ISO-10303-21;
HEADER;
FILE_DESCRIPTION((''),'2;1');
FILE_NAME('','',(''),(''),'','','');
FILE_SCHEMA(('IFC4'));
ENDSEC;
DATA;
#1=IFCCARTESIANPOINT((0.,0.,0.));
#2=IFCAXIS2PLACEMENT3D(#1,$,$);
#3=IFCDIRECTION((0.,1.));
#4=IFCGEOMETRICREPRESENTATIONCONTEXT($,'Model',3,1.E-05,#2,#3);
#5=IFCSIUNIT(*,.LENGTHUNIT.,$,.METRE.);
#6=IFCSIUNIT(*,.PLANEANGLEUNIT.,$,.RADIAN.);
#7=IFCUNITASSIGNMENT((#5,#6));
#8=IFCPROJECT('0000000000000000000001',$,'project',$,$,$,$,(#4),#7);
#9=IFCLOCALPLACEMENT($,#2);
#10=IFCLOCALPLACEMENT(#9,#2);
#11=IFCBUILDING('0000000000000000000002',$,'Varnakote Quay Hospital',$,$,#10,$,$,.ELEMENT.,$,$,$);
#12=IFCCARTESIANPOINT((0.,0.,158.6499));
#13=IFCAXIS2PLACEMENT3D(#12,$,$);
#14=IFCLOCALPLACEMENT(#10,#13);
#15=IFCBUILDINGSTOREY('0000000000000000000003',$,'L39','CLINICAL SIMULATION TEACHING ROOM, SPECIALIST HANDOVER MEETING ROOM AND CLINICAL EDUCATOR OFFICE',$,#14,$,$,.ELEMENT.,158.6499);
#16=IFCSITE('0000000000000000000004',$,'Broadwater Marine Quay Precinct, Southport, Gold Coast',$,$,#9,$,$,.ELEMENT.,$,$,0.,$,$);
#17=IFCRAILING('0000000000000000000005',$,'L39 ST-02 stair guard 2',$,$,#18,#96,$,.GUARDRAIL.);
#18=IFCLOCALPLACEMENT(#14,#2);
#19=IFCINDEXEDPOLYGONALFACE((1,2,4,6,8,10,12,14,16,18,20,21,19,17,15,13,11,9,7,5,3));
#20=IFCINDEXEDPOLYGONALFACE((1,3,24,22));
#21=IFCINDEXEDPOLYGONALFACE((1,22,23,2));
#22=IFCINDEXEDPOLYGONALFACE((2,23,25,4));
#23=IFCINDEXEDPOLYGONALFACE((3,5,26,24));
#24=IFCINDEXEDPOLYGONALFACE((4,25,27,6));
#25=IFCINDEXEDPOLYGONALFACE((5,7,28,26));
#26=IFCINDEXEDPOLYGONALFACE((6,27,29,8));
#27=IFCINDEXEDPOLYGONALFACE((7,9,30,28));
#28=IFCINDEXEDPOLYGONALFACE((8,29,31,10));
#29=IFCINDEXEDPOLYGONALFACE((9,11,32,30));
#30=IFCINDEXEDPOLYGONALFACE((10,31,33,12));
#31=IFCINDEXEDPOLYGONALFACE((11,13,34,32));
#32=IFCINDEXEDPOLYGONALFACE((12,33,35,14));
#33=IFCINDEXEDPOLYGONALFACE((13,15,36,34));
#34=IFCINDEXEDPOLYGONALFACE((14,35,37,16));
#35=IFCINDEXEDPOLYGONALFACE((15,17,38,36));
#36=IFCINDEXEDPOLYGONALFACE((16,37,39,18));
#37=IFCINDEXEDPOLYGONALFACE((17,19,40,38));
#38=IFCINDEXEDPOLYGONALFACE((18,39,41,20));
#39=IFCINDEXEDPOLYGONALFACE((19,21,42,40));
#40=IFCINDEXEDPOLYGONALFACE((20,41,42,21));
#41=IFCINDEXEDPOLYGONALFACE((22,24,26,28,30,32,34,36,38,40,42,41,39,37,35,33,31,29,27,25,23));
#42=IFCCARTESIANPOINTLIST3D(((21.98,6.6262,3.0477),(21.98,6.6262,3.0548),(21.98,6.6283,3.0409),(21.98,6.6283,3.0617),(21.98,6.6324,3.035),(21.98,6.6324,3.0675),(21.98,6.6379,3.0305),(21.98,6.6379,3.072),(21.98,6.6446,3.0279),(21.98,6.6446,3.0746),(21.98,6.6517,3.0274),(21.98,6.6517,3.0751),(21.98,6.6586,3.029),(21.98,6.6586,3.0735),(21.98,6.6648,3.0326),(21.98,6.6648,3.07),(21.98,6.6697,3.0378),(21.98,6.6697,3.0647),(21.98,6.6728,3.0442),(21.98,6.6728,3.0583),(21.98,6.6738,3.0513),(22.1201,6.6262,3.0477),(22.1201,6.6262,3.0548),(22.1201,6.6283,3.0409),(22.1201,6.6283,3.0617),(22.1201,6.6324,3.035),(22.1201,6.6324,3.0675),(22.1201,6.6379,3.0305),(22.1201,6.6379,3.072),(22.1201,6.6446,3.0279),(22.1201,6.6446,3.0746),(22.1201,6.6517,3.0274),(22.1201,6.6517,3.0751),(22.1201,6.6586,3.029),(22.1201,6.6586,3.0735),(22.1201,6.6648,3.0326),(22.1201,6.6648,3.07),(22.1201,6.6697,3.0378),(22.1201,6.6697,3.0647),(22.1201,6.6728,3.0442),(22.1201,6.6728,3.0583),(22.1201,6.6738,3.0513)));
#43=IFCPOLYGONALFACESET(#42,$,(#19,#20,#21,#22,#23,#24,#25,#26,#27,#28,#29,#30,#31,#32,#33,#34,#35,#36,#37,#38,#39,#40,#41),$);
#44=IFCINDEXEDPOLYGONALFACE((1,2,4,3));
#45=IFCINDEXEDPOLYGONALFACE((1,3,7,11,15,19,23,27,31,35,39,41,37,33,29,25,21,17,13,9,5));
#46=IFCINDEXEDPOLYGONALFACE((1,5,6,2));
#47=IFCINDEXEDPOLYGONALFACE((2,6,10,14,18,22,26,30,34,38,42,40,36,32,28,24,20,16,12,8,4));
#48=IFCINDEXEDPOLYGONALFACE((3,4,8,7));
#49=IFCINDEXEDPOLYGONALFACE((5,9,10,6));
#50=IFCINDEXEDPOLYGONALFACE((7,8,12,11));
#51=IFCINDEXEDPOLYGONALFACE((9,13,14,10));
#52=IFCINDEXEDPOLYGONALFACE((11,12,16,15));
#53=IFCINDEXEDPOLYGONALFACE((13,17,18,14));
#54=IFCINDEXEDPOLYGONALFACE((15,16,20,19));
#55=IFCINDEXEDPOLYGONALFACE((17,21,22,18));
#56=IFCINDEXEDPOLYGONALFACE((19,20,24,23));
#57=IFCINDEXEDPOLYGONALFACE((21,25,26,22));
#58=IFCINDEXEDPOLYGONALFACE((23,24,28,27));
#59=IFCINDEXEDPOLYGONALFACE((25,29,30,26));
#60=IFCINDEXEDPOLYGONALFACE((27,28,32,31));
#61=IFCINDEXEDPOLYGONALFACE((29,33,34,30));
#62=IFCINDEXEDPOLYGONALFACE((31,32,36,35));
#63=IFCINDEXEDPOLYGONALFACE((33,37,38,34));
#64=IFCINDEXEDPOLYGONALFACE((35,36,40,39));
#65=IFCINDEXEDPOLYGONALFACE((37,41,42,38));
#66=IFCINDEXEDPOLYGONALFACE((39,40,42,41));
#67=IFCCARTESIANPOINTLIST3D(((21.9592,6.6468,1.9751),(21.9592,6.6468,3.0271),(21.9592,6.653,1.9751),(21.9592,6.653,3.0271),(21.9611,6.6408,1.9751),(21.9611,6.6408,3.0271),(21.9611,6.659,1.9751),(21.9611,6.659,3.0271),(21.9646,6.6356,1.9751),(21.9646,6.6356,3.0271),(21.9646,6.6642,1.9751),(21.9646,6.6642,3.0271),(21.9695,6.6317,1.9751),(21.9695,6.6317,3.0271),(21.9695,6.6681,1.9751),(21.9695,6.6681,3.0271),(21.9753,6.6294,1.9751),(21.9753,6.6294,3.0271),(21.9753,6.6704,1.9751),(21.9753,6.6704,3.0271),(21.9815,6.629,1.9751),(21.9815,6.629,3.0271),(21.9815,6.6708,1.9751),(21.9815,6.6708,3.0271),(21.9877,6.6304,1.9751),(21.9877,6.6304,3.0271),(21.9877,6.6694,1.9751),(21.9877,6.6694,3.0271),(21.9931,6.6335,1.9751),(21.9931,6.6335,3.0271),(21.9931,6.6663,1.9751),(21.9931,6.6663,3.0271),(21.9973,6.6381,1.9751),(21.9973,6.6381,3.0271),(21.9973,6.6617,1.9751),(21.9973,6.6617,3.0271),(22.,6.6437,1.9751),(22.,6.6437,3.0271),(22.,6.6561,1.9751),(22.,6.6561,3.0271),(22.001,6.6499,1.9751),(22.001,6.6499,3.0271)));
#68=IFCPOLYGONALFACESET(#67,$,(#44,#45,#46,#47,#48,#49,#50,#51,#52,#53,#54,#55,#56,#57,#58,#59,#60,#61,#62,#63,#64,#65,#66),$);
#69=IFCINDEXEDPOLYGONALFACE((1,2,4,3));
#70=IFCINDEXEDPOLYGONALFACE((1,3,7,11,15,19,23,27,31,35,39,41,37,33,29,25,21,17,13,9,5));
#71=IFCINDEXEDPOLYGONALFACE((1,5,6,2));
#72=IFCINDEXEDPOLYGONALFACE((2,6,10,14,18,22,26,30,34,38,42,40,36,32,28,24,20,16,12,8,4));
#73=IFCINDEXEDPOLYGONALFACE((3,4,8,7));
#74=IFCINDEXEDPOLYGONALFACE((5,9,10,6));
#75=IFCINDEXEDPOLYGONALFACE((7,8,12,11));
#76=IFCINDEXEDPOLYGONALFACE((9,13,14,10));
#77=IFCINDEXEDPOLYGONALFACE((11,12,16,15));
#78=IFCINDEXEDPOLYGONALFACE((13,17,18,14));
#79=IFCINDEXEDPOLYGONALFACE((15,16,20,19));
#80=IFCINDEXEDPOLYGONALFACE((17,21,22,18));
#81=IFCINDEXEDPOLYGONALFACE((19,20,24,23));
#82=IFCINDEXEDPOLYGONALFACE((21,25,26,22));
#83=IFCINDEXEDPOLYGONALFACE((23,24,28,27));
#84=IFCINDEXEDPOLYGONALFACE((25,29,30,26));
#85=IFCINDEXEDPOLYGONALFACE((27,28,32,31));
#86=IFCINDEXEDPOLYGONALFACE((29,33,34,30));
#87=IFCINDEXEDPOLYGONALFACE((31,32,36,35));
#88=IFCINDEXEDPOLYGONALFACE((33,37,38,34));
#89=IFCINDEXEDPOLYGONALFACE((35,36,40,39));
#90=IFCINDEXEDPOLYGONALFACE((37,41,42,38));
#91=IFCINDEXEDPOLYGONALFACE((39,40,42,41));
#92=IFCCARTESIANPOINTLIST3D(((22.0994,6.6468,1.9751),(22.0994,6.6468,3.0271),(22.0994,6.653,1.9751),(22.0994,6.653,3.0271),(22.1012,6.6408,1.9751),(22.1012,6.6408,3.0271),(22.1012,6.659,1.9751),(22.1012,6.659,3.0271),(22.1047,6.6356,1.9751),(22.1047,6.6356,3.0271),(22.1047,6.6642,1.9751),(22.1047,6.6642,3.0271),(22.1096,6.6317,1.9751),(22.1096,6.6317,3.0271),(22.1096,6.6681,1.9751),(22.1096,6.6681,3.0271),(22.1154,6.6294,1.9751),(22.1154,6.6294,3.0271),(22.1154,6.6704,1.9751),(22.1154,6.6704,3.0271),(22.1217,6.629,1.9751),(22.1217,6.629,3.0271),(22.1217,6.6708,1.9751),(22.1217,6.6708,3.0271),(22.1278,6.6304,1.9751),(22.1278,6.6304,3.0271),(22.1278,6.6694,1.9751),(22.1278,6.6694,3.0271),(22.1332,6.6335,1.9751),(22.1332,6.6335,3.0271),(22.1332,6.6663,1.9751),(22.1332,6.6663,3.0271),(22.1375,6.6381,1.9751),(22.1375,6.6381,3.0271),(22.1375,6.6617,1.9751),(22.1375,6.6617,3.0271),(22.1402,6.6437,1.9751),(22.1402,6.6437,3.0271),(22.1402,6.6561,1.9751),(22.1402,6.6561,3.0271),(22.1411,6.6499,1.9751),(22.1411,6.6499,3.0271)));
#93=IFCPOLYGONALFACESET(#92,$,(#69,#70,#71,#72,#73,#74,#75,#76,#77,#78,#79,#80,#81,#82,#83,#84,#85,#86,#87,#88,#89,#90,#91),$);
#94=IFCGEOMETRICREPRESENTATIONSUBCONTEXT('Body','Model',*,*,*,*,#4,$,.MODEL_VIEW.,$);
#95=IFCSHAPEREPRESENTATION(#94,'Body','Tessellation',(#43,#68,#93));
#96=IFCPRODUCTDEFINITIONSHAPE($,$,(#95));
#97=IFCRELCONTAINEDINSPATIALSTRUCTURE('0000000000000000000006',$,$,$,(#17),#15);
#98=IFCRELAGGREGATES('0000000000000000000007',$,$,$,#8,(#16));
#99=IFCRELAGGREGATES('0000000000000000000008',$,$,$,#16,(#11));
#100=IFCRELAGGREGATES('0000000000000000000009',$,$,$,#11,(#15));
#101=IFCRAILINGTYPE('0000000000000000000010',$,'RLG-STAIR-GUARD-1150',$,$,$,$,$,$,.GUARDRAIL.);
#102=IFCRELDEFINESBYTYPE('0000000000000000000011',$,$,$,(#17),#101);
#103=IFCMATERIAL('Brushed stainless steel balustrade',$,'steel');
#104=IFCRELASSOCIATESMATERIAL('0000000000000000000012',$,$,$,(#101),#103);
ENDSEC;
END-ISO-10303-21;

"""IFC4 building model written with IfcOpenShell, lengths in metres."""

from ifc_helpers import new_model, si_unit, direction, frame, origin, origin_2d, place, context, subcontext, project, spatial, circle, extrude, material, type_object, element, save


model = new_model("IFC4")

# Units and contexts
model_context = context("Model", 3, precision=1e-05, world=origin(), true_north=direction((0.0, 1.0)))
body_context = subcontext(model_context, "Body", "Model", "MODEL_VIEW")
ifc_project = project(units=[si_unit("LENGTHUNIT", "METRE"), si_unit("PLANEANGLEUNIT", "RADIAN")], contexts=[model_context])

# Site, building, storey
site_placement = place(None, origin())
site = spatial("IfcSite", under=ifc_project, at=site_placement, Name="Broadwater Marine Quay Precinct, Southport, Gold Coast", CompositionType="ELEMENT", RefElevation=0.0)
building_placement = place(site_placement, origin())
building = spatial("IfcBuilding", under=site, at=building_placement, Name="Varnakote Quay Hospital", CompositionType="ELEMENT")
storey_placement = place(building_placement, frame((0.0, 0.0, 158.6499)))
storey = spatial("IfcBuildingStorey", under=building, at=storey_placement, Name="L39", Description="CLINICAL SIMULATION TEACHING ROOM, SPECIALIST HANDOVER MEETING ROOM AND CLINICAL EDUCATOR OFFICE", CompositionType="ELEMENT", Elevation=158.6499)

# Railing
ifc_material_1 = material(Name="Brushed stainless steel balustrade", Category="steel")
railing_type_1 = type_object("IfcRailingType", Name="RLG-STAIR-GUARD-1150", PredefinedType="GUARDRAIL", material=ifc_material_1)
railing_1_placement = place(storey_placement, frame((21.98, 6.6499, 1.9751)))
element("IfcRailing", 1, at=railing_1_placement, inside=storey, type_object=railing_type_1, Name="L39 ST-02 stair guard 2", PredefinedType="GUARDRAIL", context=body_context, shape_type="SweptSolid", body=[
    extrude(circle(Radius=0.0239, at=origin_2d()), frame((0.0, 0.0, 1.0762), z_axis=(1.0, 0.0, 0.0), x_axis=(0.0, 1.0, 0.0)), (0.0, 0.0, 1.0), 0.1401),
    extrude(circle(Radius=0.021, at=origin_2d()), origin(), (0.0, 0.0, 1.0), 1.052),
    extrude(circle(Radius=0.021, at=origin_2d()), frame((0.1401, 0.0, 0.0)), (0.0, 0.0, 1.0), 1.052),
])

save(model, "model.ifc")
